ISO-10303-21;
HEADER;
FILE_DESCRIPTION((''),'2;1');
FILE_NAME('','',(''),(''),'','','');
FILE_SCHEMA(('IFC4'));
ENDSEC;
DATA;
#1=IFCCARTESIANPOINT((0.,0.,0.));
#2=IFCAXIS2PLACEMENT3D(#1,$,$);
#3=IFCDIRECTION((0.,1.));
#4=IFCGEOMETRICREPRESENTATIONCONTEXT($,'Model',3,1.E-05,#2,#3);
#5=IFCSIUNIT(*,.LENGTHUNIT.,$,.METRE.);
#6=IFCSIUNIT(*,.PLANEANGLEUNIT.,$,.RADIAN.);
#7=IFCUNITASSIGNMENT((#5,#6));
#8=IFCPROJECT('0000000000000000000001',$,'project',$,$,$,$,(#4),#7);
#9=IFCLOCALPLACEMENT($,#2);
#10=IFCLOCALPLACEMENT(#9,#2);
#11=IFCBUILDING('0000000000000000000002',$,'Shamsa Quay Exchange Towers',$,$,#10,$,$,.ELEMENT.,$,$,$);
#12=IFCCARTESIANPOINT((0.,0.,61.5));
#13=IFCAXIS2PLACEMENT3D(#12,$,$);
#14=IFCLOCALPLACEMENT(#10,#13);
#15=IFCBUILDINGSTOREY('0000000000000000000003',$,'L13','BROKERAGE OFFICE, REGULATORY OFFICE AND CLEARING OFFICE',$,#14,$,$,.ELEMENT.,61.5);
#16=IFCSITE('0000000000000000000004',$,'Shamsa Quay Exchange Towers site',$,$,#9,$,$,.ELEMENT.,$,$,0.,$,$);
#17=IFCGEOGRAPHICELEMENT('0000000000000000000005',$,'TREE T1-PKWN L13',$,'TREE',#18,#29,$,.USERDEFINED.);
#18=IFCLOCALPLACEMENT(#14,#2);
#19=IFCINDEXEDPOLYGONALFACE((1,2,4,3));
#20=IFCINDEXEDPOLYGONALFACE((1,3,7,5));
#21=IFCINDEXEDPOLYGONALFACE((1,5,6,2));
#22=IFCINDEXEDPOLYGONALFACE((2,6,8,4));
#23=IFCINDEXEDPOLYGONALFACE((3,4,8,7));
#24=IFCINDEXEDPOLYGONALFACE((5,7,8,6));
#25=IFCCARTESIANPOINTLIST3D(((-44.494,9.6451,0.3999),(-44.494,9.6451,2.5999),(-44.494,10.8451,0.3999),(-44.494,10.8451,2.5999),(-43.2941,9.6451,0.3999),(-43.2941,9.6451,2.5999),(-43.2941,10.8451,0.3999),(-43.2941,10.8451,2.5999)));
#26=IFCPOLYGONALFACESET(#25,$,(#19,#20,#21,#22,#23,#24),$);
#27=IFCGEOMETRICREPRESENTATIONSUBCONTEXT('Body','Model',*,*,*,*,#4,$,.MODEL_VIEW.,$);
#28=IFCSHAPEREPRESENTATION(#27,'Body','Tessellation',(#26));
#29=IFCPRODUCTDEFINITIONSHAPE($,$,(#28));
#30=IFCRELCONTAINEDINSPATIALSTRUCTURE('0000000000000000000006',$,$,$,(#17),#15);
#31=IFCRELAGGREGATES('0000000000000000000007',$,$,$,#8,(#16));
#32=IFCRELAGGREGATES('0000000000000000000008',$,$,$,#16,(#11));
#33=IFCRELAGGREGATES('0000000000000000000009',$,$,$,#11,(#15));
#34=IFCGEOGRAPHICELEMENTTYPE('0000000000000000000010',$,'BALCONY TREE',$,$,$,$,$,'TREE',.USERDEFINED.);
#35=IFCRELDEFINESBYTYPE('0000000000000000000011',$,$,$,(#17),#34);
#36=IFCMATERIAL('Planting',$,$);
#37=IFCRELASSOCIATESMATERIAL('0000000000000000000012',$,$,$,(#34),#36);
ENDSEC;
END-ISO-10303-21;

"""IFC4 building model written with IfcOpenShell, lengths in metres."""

from ifc_helpers import new_model, si_unit, direction, frame, origin, origin_2d, place, context, subcontext, project, spatial, rectangle, extrude, material, type_object, element, save


model = new_model("IFC4")

# Units and contexts
model_context = context("Model", 3, precision=1e-05, world=origin(), true_north=direction((0.0, 1.0)))
body_context = subcontext(model_context, "Body", "Model", "MODEL_VIEW")
ifc_project = project(units=[si_unit("LENGTHUNIT", "METRE"), si_unit("PLANEANGLEUNIT", "RADIAN")], contexts=[model_context])

# Site, building, storey
site_placement = place(None, origin())
site = spatial("IfcSite", under=ifc_project, at=site_placement, Name="Shamsa Quay Exchange Towers site", CompositionType="ELEMENT", RefElevation=0.0)
building_placement = place(site_placement, origin())
building = spatial("IfcBuilding", under=site, at=building_placement, Name="Shamsa Quay Exchange Towers", CompositionType="ELEMENT")
storey_placement = place(building_placement, frame((0.0, 0.0, 61.5)))
storey = spatial("IfcBuildingStorey", under=building, at=storey_placement, Name="L13", Description="BROKERAGE OFFICE, REGULATORY OFFICE AND CLEARING OFFICE", CompositionType="ELEMENT", Elevation=61.5)

# Geographic element
ifc_material_1 = material(Name="Planting")
geographic_element_type = type_object("IfcGeographicElementType", Name="BALCONY TREE", ElementType="TREE", PredefinedType="USERDEFINED", material=ifc_material_1)
geographic_element_placement = place(storey_placement, frame((-43.894, 10.2451, 0.3999), z_axis=(0.0, 0.0, 1.0), x_axis=(-1.0, 0.0, 0.0)))
element("IfcGeographicElement", 1, at=geographic_element_placement, inside=storey, type_object=geographic_element_type, Name="TREE T1-PKWN L13", ObjectType="TREE", PredefinedType="USERDEFINED", context=body_context, shape_type="SweptSolid", body=[
    extrude(rectangle(XDim=1.2, YDim=1.2, at=origin_2d()), origin(), (0.0, 0.0, 1.0), 2.2),
])

save(model, "model.ifc")
